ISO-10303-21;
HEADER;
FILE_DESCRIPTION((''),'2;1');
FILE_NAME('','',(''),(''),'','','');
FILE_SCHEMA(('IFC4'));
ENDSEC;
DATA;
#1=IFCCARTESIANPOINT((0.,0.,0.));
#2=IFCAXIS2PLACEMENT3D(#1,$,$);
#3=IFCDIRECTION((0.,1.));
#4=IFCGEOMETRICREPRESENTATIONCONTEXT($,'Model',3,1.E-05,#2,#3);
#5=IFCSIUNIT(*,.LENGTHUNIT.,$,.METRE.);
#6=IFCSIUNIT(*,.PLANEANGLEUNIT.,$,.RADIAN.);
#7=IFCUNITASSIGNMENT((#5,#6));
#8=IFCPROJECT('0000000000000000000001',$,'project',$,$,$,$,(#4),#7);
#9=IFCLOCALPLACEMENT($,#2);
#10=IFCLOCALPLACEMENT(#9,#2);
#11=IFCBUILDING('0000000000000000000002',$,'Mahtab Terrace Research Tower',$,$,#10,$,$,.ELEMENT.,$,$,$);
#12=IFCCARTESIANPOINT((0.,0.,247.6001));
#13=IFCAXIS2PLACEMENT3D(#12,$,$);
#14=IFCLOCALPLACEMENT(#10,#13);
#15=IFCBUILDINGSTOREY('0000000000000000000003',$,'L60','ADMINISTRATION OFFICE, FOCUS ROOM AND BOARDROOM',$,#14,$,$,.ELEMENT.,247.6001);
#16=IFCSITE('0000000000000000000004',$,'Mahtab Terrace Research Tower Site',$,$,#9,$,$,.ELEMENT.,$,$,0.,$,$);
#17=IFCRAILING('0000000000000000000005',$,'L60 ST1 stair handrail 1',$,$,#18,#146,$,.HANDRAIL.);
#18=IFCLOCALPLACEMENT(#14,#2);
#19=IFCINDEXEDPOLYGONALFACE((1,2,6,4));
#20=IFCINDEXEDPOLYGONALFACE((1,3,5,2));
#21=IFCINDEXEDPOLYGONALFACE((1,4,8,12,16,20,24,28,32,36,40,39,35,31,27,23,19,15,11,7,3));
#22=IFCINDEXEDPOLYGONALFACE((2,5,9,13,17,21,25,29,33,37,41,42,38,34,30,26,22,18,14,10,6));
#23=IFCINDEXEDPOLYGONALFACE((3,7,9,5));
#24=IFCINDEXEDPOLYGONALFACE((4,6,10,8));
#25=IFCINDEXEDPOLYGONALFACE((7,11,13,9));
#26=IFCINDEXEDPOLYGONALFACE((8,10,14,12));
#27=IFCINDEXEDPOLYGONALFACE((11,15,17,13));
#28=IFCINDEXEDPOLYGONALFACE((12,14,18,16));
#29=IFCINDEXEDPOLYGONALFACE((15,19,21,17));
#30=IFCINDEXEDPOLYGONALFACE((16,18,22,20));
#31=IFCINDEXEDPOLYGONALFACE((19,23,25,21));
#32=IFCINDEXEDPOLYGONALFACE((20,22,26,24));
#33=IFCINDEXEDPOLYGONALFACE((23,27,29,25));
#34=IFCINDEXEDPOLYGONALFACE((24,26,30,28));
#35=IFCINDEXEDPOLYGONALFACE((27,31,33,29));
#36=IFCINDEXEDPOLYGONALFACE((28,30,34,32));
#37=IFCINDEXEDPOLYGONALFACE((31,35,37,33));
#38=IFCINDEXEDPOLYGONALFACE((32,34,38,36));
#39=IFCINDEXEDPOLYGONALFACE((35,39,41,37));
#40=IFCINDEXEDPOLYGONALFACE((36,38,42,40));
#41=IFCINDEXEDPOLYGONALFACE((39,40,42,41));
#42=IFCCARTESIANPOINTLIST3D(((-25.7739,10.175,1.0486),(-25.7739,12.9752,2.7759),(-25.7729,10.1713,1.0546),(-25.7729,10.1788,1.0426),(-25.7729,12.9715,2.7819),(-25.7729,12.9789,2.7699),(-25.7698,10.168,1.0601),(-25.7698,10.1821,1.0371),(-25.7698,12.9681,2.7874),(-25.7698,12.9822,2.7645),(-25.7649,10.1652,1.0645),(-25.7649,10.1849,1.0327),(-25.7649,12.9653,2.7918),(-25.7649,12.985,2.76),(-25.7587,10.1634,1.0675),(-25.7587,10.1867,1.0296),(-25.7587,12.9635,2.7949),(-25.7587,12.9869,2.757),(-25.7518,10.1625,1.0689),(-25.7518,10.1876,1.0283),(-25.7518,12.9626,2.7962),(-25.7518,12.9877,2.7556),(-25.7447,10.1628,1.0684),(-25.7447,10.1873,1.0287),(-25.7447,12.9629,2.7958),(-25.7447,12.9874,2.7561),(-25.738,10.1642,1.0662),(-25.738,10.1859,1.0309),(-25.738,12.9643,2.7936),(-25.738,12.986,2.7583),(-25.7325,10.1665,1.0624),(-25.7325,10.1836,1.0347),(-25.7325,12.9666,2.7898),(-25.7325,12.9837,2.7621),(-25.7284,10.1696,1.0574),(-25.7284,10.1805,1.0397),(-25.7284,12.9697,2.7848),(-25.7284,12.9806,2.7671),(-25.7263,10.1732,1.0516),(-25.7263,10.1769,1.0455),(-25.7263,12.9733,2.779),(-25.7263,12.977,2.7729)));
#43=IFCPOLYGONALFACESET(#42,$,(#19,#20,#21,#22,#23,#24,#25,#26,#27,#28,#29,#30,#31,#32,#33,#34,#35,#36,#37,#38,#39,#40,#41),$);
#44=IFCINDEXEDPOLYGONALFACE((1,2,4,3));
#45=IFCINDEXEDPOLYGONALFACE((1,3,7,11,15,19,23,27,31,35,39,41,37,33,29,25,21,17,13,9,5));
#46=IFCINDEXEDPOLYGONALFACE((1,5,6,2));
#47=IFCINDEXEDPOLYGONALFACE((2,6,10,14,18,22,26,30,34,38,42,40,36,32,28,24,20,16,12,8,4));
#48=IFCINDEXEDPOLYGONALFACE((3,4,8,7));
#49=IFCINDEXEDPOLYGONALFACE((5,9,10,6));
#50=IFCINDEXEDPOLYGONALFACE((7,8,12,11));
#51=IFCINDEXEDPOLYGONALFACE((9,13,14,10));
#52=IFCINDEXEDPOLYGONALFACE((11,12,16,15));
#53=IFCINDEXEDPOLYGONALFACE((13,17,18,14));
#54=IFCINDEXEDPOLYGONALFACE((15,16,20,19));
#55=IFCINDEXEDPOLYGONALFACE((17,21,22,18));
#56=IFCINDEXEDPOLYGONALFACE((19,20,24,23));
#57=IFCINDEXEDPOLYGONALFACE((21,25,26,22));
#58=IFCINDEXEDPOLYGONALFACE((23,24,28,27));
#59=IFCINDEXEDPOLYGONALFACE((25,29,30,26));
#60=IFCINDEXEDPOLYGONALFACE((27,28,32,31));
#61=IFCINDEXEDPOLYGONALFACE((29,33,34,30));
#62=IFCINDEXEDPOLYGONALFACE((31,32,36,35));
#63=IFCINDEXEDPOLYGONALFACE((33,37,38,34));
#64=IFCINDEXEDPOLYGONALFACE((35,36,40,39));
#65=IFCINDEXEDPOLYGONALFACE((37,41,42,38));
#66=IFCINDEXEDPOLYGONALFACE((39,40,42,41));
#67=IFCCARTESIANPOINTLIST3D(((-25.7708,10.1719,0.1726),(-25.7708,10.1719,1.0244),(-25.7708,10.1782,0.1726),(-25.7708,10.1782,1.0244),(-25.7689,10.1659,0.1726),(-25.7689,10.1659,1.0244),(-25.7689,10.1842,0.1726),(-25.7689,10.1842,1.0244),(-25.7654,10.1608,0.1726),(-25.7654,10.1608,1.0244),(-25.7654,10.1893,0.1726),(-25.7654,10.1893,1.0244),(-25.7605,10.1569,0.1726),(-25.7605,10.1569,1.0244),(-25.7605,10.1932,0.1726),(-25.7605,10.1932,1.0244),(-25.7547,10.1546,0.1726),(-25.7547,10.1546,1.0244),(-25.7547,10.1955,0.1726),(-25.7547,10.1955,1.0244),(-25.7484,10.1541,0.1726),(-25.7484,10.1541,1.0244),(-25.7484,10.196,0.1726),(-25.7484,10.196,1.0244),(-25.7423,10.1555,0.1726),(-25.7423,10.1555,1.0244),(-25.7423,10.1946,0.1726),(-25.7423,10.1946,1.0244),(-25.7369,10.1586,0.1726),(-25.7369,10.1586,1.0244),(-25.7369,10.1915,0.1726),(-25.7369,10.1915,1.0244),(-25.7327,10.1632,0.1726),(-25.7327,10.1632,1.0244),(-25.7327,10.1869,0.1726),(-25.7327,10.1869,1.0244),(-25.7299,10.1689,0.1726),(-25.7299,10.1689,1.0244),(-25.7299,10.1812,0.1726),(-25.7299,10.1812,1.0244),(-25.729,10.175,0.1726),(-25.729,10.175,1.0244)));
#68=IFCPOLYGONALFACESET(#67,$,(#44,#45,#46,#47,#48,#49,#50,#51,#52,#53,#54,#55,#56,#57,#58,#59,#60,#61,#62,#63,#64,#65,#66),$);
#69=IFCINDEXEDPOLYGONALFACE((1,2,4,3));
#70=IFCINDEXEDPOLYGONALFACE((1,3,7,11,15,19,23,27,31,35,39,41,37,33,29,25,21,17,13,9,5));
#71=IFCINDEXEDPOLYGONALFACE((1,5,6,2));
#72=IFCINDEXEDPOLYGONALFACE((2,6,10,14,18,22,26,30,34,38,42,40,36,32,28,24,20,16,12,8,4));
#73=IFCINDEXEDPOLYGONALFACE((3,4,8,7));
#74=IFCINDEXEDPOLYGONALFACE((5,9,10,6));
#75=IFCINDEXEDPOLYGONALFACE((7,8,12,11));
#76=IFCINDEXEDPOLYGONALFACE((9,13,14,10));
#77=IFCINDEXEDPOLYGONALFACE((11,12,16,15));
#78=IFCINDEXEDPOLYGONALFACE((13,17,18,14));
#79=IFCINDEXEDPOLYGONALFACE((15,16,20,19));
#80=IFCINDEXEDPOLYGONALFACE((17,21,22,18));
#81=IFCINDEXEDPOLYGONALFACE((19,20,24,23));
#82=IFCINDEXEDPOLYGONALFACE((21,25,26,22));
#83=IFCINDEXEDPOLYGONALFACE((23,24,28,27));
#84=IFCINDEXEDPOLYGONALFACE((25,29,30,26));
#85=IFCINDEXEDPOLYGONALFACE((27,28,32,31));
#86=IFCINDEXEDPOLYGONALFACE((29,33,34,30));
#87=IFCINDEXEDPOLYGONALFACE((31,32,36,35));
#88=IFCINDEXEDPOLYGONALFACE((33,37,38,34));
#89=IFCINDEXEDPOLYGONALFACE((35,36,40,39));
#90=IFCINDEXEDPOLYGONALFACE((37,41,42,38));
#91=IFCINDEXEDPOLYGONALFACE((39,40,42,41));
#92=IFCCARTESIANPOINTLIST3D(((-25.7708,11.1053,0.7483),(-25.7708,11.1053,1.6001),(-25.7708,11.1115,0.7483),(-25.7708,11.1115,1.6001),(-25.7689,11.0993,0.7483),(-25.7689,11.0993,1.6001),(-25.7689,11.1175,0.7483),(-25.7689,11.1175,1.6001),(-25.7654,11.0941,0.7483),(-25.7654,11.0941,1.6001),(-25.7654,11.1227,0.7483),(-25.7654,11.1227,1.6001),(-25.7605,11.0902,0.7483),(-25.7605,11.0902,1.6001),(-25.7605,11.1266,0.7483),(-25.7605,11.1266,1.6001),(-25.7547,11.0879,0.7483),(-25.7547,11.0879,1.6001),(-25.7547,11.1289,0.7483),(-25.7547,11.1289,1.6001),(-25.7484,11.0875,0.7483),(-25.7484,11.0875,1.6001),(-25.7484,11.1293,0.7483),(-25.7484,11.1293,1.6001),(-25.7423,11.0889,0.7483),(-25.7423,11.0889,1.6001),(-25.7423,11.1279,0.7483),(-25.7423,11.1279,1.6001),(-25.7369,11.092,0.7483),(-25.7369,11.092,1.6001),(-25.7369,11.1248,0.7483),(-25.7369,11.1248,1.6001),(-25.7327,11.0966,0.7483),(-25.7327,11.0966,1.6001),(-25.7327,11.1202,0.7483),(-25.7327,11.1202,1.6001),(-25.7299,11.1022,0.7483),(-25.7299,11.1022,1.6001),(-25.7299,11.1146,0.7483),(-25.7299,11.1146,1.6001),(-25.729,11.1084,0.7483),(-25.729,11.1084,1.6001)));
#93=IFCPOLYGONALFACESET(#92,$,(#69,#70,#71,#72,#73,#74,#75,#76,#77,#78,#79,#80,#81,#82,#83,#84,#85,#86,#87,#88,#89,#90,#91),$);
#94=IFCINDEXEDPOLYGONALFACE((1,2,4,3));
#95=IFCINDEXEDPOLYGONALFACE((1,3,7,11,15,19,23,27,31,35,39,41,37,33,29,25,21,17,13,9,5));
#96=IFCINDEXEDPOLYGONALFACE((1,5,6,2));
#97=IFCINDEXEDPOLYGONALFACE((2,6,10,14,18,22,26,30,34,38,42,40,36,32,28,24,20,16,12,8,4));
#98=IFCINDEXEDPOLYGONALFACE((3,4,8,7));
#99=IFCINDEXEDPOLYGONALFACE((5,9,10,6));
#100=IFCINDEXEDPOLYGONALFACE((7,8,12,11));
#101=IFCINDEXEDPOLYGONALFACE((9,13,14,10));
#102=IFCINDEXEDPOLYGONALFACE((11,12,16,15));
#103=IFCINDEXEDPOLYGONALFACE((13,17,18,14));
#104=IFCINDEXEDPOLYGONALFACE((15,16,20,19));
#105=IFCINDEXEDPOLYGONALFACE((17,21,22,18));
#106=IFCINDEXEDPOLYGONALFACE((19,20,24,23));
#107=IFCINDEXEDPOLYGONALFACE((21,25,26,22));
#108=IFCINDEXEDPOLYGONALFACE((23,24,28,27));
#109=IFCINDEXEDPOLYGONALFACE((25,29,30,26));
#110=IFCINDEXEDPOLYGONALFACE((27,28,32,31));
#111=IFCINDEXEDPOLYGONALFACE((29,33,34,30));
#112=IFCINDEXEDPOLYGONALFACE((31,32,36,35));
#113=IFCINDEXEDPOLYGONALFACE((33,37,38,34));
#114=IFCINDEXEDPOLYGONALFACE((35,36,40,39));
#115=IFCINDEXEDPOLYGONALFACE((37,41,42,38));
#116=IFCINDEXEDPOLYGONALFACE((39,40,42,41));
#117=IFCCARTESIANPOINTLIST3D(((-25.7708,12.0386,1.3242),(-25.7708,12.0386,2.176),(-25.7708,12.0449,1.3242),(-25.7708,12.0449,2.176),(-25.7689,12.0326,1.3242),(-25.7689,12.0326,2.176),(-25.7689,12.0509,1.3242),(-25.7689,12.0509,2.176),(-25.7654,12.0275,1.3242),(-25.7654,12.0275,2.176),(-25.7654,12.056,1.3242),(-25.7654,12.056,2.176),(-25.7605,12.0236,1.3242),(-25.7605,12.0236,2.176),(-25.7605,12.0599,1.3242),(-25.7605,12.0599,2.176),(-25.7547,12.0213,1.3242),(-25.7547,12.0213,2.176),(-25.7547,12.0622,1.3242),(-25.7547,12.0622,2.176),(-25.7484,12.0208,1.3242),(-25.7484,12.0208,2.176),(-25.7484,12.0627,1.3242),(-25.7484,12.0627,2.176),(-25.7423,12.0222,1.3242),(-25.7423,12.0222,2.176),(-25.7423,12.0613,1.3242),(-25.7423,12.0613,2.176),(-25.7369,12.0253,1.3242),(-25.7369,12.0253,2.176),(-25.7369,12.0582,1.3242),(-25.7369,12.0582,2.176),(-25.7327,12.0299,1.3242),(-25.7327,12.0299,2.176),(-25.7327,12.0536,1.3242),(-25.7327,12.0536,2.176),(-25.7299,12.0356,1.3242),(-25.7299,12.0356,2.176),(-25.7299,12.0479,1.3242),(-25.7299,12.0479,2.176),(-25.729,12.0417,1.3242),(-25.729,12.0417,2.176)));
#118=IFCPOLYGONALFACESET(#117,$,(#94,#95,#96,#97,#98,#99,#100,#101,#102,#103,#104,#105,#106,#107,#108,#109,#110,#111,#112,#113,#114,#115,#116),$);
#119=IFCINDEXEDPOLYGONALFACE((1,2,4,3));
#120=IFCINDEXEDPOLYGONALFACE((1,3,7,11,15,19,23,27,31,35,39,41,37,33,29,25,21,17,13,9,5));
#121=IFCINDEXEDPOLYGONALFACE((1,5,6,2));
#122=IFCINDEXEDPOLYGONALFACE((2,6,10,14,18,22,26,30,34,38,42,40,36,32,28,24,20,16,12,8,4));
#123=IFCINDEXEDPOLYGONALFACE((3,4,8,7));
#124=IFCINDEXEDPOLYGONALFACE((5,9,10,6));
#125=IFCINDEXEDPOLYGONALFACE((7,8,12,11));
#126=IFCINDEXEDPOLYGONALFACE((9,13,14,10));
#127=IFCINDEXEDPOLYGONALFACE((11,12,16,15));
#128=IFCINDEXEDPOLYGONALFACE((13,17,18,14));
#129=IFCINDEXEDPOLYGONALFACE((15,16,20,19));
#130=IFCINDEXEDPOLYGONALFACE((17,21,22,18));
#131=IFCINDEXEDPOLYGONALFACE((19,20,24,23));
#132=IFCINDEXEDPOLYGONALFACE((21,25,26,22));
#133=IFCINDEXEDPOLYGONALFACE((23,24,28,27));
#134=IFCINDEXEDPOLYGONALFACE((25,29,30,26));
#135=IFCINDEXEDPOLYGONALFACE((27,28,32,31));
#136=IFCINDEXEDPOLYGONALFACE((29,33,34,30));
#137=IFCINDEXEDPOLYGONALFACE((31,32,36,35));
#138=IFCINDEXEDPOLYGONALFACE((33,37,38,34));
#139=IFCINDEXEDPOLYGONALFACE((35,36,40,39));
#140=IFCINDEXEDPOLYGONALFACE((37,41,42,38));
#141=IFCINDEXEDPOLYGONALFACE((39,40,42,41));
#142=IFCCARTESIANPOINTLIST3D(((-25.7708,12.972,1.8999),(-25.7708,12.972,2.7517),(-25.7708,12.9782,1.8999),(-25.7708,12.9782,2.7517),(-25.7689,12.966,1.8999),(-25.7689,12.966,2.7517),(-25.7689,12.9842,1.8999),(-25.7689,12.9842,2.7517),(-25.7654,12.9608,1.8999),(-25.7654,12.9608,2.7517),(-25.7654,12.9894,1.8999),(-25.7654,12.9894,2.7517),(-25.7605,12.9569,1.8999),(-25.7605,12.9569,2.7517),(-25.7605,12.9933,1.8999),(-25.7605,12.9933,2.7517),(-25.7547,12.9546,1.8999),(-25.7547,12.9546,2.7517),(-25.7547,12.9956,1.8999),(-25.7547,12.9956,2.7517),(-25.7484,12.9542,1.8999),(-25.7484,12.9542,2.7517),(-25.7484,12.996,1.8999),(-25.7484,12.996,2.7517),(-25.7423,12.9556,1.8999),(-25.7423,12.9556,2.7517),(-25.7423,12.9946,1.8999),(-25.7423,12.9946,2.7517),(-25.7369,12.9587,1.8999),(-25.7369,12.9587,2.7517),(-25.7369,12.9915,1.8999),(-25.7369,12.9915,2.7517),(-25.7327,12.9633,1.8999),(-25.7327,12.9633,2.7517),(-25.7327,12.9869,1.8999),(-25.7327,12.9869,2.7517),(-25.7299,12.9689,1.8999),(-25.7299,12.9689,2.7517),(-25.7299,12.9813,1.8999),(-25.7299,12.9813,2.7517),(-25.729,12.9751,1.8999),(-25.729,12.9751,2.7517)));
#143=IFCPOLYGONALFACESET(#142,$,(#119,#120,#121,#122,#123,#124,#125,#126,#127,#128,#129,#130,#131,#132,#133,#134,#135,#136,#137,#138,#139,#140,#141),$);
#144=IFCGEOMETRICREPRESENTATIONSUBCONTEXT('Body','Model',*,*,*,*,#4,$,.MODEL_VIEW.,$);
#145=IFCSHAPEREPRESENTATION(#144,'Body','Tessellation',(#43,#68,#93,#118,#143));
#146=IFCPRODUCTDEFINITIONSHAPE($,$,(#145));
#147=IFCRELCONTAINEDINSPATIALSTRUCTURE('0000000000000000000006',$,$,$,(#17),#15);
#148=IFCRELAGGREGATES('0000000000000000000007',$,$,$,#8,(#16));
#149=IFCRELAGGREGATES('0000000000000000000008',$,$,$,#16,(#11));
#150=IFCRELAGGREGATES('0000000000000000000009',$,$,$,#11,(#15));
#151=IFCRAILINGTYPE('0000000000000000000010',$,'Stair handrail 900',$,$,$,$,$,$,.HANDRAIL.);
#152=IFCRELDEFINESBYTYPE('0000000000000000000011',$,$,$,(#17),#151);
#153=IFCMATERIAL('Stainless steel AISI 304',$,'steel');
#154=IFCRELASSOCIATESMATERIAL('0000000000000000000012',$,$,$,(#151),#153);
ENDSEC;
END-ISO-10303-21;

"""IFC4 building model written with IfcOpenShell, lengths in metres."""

from ifc_helpers import new_model, si_unit, direction, frame, origin, origin_2d, place, context, subcontext, project, spatial, circle, extrude, material, type_object, element, save


model = new_model("IFC4")

# Units and contexts
model_context = context("Model", 3, precision=1e-05, world=origin(), true_north=direction((0.0, 1.0)))
body_context = subcontext(model_context, "Body", "Model", "MODEL_VIEW")
ifc_project = project(units=[si_unit("LENGTHUNIT", "METRE"), si_unit("PLANEANGLEUNIT", "RADIAN")], contexts=[model_context])

# Site, building, storey
site_placement = place(None, origin())
site = spatial("IfcSite", under=ifc_project, at=site_placement, Name="Mahtab Terrace Research Tower Site", CompositionType="ELEMENT", RefElevation=0.0)
building_placement = place(site_placement, origin())
building = spatial("IfcBuilding", under=site, at=building_placement, Name="Mahtab Terrace Research Tower", CompositionType="ELEMENT")
storey_placement = place(building_placement, frame((0.0, 0.0, 247.6001)))
storey = spatial("IfcBuildingStorey", under=building, at=storey_placement, Name="L60", Description="ADMINISTRATION OFFICE, FOCUS ROOM AND BOARDROOM", CompositionType="ELEMENT", Elevation=247.6001)

# Railing
ifc_material_1 = material(Name="Stainless steel AISI 304", Category="steel")
railing_type_1 = type_object("IfcRailingType", Name="Stair handrail 900", PredefinedType="HANDRAIL", material=ifc_material_1)
railing_1_placement = place(storey_placement, frame((-25.75, 10.175, 0.1726)))
element("IfcRailing", 1, at=railing_1_placement, inside=storey, type_object=railing_type_1, Name="L60 ST1 stair handrail 1", PredefinedType="HANDRAIL", context=body_context, shape_type="SweptSolid", body=[
    extrude(circle(Radius=0.0239, at=origin_2d()), frame((0.0, 0.0, 0.876), z_axis=(0.0, 0.85109, 0.52502), x_axis=(-1.0, 0.0, 0.0)), (0.0, 0.0, 1.0), 3.29),
    extrude(circle(Radius=0.021, at=origin_2d()), origin(), (0.0, 0.0, 1.0), 0.8518),
    extrude(circle(Radius=0.021, at=origin_2d()), frame((0.0, 0.9333, 0.5757)), (0.0, 0.0, 1.0), 0.8518),
    extrude(circle(Radius=0.021, at=origin_2d()), frame((0.0, 1.8667, 1.1516)), (0.0, 0.0, 1.0), 0.8518),
    extrude(circle(Radius=0.021, at=origin_2d()), frame((0.0, 2.8, 1.7273)), (0.0, 0.0, 1.0), 0.8518),
])

save(model, "model.ifc")
